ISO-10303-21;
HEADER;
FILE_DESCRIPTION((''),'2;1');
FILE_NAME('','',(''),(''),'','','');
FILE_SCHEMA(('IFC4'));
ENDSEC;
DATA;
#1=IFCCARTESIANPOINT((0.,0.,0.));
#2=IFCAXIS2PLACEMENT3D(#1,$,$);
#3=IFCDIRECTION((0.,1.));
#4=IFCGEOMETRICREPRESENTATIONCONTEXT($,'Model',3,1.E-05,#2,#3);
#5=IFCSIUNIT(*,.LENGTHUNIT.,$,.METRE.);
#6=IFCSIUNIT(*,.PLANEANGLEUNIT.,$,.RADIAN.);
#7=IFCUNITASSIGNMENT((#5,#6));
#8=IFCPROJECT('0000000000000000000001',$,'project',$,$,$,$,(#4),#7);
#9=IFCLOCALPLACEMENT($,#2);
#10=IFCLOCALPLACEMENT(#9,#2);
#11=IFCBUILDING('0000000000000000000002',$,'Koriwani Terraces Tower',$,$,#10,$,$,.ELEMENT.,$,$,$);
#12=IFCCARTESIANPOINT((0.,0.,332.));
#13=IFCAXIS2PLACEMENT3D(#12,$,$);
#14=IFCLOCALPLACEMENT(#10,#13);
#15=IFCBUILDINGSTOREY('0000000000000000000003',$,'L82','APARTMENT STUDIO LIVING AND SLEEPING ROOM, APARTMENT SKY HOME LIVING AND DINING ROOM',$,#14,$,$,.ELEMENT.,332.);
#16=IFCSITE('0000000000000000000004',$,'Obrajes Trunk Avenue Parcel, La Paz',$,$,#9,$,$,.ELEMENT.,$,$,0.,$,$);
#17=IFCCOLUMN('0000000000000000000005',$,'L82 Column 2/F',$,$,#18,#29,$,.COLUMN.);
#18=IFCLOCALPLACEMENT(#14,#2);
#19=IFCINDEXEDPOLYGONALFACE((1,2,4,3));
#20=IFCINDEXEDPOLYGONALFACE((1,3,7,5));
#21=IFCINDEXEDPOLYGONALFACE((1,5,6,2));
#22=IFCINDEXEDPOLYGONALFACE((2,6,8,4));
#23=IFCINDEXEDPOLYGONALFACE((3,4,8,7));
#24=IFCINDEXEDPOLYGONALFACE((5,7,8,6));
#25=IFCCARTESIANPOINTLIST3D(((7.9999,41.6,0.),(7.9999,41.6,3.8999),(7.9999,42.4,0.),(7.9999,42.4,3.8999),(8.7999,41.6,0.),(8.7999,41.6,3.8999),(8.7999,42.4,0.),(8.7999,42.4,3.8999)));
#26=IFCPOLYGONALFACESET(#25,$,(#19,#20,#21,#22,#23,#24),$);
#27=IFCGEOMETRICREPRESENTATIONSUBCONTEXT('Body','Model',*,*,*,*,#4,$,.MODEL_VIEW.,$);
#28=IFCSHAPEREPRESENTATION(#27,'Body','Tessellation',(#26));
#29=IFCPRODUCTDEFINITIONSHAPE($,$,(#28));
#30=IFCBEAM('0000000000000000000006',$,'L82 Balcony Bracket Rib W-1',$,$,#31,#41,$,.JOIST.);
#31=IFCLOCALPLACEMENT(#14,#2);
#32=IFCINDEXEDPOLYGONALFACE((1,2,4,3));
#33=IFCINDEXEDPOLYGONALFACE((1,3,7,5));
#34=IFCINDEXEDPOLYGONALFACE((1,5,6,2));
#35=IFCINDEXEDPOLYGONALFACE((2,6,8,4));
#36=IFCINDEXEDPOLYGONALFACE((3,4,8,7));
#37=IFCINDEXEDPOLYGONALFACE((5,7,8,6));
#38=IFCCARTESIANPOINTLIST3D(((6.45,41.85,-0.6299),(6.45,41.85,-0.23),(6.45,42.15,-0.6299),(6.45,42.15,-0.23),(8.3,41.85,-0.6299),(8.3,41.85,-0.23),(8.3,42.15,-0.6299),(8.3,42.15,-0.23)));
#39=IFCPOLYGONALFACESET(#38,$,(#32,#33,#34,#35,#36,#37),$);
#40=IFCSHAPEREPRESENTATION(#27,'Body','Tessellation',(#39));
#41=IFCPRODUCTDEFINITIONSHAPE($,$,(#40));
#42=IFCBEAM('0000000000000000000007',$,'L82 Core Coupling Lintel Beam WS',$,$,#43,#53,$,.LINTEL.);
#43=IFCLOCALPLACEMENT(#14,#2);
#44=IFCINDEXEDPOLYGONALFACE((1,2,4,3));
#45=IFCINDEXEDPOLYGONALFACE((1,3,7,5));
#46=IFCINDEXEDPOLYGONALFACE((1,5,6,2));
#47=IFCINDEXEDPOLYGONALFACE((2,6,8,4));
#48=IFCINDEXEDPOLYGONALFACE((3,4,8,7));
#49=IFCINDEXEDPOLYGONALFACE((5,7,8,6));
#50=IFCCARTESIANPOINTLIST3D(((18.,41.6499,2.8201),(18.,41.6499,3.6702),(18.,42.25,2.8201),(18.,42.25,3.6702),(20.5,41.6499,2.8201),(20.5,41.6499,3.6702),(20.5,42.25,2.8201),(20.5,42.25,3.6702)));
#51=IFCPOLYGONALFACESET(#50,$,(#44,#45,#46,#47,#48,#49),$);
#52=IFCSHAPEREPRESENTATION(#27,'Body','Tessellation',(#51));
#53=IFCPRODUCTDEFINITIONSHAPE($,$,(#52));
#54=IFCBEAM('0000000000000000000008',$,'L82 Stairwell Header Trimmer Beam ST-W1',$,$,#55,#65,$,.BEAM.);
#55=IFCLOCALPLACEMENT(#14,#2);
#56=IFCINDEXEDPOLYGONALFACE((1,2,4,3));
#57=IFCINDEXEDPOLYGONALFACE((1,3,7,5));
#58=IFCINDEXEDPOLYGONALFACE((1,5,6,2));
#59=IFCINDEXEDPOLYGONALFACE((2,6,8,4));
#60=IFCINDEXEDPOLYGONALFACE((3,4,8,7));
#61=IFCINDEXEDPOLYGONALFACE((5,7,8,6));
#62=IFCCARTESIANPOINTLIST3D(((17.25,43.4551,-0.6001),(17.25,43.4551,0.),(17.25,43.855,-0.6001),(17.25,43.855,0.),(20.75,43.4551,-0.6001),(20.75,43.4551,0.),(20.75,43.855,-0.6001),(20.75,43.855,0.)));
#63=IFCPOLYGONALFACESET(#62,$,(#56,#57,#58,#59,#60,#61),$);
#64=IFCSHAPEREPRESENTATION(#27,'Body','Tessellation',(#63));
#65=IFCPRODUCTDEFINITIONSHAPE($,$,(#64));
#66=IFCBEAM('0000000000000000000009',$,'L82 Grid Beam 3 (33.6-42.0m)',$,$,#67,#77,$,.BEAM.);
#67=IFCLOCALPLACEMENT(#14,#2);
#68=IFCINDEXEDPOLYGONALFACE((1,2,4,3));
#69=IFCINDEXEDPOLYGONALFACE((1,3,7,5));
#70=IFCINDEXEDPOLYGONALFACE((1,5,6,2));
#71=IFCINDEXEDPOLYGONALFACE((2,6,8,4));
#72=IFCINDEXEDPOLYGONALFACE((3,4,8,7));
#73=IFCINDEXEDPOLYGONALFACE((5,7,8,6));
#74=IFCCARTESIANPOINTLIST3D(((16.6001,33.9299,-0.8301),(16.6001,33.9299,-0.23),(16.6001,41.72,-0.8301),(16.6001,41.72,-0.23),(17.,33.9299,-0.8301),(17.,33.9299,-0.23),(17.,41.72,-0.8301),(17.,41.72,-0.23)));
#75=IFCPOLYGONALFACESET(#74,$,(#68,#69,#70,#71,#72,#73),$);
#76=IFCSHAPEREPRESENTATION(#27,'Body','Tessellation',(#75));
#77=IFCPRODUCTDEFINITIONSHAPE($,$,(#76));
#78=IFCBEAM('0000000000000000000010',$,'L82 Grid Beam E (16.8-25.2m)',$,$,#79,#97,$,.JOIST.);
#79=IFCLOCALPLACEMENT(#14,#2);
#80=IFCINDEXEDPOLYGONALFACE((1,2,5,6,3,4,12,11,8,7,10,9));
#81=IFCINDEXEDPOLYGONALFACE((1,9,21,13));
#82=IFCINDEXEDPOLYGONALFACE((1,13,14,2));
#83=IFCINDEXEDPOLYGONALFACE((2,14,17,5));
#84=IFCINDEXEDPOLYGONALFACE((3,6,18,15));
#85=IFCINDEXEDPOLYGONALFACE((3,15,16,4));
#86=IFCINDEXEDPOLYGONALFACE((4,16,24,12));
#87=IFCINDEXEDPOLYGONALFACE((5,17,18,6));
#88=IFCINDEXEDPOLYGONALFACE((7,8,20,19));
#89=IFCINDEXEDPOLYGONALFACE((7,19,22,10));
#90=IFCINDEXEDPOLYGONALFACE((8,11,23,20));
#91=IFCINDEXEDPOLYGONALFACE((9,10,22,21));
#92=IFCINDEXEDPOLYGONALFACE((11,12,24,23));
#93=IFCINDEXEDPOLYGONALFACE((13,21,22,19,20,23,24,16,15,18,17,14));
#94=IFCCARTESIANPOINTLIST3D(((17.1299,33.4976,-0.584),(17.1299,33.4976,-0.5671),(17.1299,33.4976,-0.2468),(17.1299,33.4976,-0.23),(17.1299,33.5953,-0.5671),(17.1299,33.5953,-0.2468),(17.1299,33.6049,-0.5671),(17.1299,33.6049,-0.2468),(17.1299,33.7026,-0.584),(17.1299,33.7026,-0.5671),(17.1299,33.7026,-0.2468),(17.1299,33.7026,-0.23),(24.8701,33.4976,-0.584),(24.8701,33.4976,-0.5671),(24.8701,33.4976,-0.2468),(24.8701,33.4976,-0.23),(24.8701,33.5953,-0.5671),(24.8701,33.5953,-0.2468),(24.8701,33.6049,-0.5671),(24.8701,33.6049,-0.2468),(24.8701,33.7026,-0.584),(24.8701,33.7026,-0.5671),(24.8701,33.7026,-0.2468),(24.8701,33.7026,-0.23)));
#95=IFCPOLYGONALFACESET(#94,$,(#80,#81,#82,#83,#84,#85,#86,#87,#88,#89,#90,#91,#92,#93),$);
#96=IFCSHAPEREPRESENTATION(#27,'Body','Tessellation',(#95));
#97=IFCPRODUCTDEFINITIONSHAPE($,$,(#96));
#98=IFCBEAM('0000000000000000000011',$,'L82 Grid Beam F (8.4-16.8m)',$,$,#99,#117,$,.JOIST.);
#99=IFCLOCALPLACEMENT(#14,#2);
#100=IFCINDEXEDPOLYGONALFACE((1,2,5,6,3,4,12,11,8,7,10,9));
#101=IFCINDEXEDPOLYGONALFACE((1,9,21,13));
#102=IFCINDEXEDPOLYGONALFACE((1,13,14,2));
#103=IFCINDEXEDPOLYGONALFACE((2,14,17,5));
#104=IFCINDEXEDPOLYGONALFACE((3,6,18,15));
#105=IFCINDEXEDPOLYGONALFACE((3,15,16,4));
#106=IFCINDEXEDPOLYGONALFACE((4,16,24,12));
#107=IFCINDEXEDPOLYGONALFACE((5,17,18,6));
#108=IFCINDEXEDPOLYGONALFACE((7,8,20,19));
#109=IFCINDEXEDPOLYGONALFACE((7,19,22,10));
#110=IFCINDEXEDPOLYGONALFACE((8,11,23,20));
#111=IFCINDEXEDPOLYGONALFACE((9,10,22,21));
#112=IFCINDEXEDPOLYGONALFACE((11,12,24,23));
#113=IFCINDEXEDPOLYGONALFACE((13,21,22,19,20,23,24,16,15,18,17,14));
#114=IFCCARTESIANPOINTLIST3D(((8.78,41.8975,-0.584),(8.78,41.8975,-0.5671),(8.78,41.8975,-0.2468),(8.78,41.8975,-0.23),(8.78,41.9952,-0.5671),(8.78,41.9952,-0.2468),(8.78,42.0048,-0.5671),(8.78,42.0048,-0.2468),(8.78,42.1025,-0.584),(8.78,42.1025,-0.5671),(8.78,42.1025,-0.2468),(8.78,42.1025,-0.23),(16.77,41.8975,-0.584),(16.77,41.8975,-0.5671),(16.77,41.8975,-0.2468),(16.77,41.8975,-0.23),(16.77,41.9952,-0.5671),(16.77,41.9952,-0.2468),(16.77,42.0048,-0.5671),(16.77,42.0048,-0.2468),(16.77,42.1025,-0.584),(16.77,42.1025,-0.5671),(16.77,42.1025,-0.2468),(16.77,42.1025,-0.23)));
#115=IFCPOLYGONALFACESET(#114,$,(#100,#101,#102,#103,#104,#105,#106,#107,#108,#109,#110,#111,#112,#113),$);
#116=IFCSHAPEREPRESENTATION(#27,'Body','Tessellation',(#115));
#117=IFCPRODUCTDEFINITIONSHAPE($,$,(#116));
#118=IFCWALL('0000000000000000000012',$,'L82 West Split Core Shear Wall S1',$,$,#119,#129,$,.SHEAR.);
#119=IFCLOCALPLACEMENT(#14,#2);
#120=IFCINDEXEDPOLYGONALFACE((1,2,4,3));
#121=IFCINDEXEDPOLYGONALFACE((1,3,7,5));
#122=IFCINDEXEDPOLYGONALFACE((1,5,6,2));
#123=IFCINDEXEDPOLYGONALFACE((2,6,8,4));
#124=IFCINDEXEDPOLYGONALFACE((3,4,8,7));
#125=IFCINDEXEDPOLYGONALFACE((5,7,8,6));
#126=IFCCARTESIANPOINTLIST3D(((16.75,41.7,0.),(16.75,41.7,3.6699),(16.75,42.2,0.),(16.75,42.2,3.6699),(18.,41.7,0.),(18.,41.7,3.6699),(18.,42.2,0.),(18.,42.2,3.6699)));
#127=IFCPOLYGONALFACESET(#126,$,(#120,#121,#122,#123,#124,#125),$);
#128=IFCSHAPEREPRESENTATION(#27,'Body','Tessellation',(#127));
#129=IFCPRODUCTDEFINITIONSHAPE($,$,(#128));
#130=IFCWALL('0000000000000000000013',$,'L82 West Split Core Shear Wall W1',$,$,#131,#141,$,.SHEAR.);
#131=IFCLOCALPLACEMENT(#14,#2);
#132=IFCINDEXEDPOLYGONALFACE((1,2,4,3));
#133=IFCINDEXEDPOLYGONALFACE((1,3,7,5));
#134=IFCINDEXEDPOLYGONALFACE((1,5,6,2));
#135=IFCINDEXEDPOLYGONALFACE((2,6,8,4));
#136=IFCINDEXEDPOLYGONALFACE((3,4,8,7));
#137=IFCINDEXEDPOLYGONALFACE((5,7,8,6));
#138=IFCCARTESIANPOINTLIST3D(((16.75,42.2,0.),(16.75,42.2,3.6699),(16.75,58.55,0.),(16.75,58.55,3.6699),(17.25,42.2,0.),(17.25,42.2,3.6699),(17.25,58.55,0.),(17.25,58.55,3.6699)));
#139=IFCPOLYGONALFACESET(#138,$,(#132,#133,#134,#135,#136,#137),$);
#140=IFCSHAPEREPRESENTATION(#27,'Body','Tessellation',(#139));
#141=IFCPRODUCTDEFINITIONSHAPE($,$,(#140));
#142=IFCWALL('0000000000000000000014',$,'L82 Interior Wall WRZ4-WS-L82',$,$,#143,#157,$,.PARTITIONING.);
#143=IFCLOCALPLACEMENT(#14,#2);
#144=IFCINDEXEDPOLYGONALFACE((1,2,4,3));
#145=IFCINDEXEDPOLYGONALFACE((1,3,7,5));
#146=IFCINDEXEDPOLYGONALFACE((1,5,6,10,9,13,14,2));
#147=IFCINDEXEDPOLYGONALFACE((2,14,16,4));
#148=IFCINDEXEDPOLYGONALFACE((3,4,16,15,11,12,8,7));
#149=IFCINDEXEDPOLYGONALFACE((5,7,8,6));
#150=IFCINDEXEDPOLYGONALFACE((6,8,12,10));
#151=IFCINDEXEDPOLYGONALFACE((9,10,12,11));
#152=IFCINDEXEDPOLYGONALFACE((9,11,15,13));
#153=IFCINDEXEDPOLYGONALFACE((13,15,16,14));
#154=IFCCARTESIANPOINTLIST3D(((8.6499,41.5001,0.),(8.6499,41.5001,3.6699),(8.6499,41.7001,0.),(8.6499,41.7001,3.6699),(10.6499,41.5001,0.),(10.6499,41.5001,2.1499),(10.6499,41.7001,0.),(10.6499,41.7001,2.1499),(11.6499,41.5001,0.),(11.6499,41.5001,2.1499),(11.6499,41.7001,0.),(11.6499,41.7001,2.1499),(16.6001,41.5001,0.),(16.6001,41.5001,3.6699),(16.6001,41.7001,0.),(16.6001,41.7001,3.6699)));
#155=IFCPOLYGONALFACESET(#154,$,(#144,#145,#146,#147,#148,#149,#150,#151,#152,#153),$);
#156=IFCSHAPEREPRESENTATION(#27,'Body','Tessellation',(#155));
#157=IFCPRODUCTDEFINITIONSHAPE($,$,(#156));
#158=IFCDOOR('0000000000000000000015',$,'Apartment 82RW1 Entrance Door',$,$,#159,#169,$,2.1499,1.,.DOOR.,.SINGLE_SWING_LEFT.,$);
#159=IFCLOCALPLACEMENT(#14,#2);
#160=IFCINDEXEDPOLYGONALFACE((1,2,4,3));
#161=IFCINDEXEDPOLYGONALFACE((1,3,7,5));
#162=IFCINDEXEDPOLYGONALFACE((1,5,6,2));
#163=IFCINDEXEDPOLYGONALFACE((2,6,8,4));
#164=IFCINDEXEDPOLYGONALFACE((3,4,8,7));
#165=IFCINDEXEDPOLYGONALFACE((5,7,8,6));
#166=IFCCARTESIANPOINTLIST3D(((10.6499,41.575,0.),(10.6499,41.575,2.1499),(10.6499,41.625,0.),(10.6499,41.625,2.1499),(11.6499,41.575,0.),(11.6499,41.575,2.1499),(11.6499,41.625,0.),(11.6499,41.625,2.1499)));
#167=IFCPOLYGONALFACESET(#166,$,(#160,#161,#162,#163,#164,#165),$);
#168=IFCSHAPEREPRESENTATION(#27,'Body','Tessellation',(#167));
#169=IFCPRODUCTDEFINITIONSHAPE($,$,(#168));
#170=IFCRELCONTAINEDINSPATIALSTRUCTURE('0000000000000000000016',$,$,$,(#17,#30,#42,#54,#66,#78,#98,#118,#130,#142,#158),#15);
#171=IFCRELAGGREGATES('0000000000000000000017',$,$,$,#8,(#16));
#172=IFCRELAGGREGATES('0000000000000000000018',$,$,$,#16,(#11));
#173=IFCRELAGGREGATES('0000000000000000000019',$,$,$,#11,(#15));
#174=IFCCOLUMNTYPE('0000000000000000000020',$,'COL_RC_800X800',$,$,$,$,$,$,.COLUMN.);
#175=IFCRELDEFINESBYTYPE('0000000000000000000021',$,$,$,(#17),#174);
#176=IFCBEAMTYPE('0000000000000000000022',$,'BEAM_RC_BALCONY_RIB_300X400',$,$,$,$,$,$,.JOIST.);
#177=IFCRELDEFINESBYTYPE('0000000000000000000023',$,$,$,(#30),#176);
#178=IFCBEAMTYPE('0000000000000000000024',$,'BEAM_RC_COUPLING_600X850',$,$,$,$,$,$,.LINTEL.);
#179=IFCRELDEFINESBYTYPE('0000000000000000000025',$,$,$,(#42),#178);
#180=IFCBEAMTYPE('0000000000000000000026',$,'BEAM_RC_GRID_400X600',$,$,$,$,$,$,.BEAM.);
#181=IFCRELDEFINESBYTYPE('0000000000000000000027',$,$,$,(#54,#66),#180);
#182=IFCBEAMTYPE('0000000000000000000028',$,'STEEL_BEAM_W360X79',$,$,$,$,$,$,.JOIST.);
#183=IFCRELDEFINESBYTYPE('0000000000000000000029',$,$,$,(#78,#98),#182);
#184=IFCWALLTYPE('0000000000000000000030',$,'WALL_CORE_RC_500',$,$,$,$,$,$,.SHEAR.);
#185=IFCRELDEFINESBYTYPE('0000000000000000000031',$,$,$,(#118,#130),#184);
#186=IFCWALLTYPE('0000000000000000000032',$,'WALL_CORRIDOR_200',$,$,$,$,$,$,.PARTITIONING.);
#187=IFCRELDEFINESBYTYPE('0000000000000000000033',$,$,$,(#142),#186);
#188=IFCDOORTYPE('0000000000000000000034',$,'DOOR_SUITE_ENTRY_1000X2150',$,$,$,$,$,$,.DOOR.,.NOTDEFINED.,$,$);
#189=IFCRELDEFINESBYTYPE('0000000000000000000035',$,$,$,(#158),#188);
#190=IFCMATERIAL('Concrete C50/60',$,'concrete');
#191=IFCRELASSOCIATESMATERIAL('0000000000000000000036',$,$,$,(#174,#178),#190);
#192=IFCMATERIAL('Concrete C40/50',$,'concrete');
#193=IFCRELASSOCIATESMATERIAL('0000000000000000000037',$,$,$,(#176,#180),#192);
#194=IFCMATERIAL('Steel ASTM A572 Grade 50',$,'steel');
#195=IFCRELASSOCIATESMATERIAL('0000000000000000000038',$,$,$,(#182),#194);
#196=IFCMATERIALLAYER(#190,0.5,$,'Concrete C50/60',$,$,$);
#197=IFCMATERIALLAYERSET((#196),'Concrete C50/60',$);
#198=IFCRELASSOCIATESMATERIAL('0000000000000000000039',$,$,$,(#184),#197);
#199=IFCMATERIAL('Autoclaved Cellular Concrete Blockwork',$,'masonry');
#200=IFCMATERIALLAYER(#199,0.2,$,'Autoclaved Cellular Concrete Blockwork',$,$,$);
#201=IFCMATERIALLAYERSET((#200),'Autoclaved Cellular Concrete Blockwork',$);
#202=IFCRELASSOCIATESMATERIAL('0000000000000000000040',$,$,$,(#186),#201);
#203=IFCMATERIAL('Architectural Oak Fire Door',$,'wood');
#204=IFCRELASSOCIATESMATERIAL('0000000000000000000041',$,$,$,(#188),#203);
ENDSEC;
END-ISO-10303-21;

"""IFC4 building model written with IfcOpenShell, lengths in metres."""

from ifc_helpers import new_model, si_unit, direction, frame, frame_2d, origin, origin_2d, place, context, subcontext, project, spatial, rectangle, i_section, extrude, material, layer, layer_set, material_profile, profile_set, type_object, element, fill, save


model = new_model("IFC4")

# Units and contexts
model_context = context("Model", 3, precision=1e-05, world=origin(), true_north=direction((0.0, 1.0)))
body_context = subcontext(model_context, "Body", "Model", "MODEL_VIEW")
ifc_project = project(units=[si_unit("LENGTHUNIT", "METRE"), si_unit("PLANEANGLEUNIT", "RADIAN")], contexts=[model_context])

# Site, building, storey
site_placement = place(None, origin())
site = spatial("IfcSite", under=ifc_project, at=site_placement, Name="Obrajes Trunk Avenue Parcel, La Paz", CompositionType="ELEMENT", RefElevation=0.0)
building_placement = place(site_placement, origin())
building = spatial("IfcBuilding", under=site, at=building_placement, Name="Koriwani Terraces Tower", CompositionType="ELEMENT")
storey_placement = place(building_placement, frame((0.0, 0.0, 332.0)))
storey = spatial("IfcBuildingStorey", under=building, at=storey_placement, Name="L82", Description="APARTMENT STUDIO LIVING AND SLEEPING ROOM, APARTMENT SKY HOME LIVING AND DINING ROOM", CompositionType="ELEMENT", Elevation=332.0)

# Column
ifc_material_1 = material(Name="Concrete C50/60", Category="concrete")
ifc_material_profile_1 = material_profile(ifc_material_1, rectangle(XDim=0.8, YDim=0.8, at=origin_2d()), Name="Concrete C50/60", Category="LoadBearing")
ifc_profile_set_1 = profile_set([ifc_material_profile_1], Name="Concrete C50/60")
column_type = type_object("IfcColumnType", Name="COL_RC_800X800", PredefinedType="COLUMN", material=ifc_profile_set_1)
column_placement = place(storey_placement, frame((8.3999, 42.0, 0.0), z_axis=(0.0, 0.0, 1.0), x_axis=(1.0, 0.0, 0.0)))
element("IfcColumn", 1, at=column_placement, inside=storey, type_object=column_type, Name="L82 Column 2/F", PredefinedType="COLUMN", context=body_context, shape_type="SweptSolid", body=[
    extrude(rectangle(XDim=0.8, YDim=0.8, at=origin_2d()), origin(), (0.0, 0.0, 1.0), 3.8999),
])

# Beams
ifc_material_2 = material(Name="Concrete C40/50", Category="concrete")
ifc_material_profile_2 = material_profile(ifc_material_2, rectangle(XDim=0.3, YDim=0.3999, at=origin_2d()), Name="Concrete C40/50", Category="LoadBearing")
ifc_profile_set_2 = profile_set([ifc_material_profile_2], Name="Concrete C40/50")
beam_type_1 = type_object("IfcBeamType", Name="BEAM_RC_BALCONY_RIB_300X400", PredefinedType="JOIST", material=ifc_profile_set_2)
beam_1_placement = place(storey_placement, frame((6.45, 42.0, -0.4299), z_axis=(1.0, 0.0, 0.0), x_axis=(0.0, 1.0, 0.0)))
element("IfcBeam", 2, at=beam_1_placement, inside=storey, type_object=beam_type_1, Name="L82 Balcony Bracket Rib W-1", PredefinedType="JOIST", context=body_context, shape_type="SweptSolid", body=[
    extrude(rectangle(XDim=0.3, YDim=0.3999, at=origin_2d()), origin(), (0.0, 0.0, 1.0), 1.8501),
])
ifc_material_profile_3 = material_profile(ifc_material_1, rectangle(XDim=0.6001, YDim=0.8501, at=origin_2d()), Name="Concrete C50/60", Category="LoadBearing")
ifc_profile_set_3 = profile_set([ifc_material_profile_3], Name="Concrete C50/60")
beam_type_2 = type_object("IfcBeamType", Name="BEAM_RC_COUPLING_600X850", PredefinedType="LINTEL", material=ifc_profile_set_3)
beam_2_placement = place(storey_placement, frame((18.0, 41.95, 3.2451), z_axis=(1.0, 0.0, 0.0), x_axis=(0.0, 1.0, 0.0)))
element("IfcBeam", 3, at=beam_2_placement, inside=storey, type_object=beam_type_2, Name="L82 Core Coupling Lintel Beam WS", PredefinedType="LINTEL", context=body_context, shape_type="SweptSolid", body=[
    extrude(rectangle(XDim=0.6001, YDim=0.8501, at=origin_2d()), origin(), (0.0, 0.0, 1.0), 2.5),
])
ifc_material_profile_4 = material_profile(ifc_material_2, rectangle(XDim=0.3999, YDim=0.6001, at=origin_2d()), Name="Concrete C40/50", Category="LoadBearing")
ifc_profile_set_4 = profile_set([ifc_material_profile_4], Name="Concrete C40/50")
beam_type_3 = type_object("IfcBeamType", Name="BEAM_RC_GRID_400X600", PredefinedType="BEAM", material=ifc_profile_set_4)
beam_3_placement = place(storey_placement, frame((17.25, 43.655, -0.3), z_axis=(1.0, 0.0, 0.0), x_axis=(0.0, 1.0, 0.0)))
element("IfcBeam", 4, at=beam_3_placement, inside=storey, type_object=beam_type_3, Name="L82 Stairwell Header Trimmer Beam ST-W1", PredefinedType="BEAM", context=body_context, shape_type="SweptSolid", body=[
    extrude(rectangle(XDim=0.3999, YDim=0.6001, at=origin_2d()), origin(), (0.0, 0.0, 1.0), 3.5),
])
beam_4_placement = place(storey_placement, frame((16.8, 33.9299, -0.53), z_axis=(0.0, 1.0, 0.0), x_axis=(-1.0, 0.0, 0.0)))
element("IfcBeam", 5, at=beam_4_placement, inside=storey, type_object=beam_type_3, Name="L82 Grid Beam 3 (33.6-42.0m)", PredefinedType="BEAM", context=body_context, shape_type="SweptSolid", body=[
    extrude(rectangle(XDim=0.3999, YDim=0.6001, at=origin_2d()), origin(), (0.0, 0.0, 1.0), 7.79),
])
ifc_material_3 = material(Name="Steel ASTM A572 Grade 50", Category="steel")
ifc_material_profile_5 = material_profile(ifc_material_3, i_section(OverallWidth=0.2051, OverallDepth=0.354, WebThickness=0.0095, FlangeThickness=0.0168, at=origin_2d()), Name="Steel ASTM A572 Grade 50", Category="LoadBearing")
ifc_profile_set_5 = profile_set([ifc_material_profile_5], Name="Steel ASTM A572 Grade 50")
beam_type_4 = type_object("IfcBeamType", Name="STEEL_BEAM_W360X79", PredefinedType="JOIST", material=ifc_profile_set_5)
beam_5_placement = place(storey_placement, frame((17.1299, 33.6001, -0.407), z_axis=(1.0, 0.0, 0.0), x_axis=(0.0, 1.0, 0.0)))
element("IfcBeam", 6, at=beam_5_placement, inside=storey, type_object=beam_type_4, Name="L82 Grid Beam E (16.8-25.2m)", PredefinedType="JOIST", context=body_context, shape_type="SweptSolid", body=[
    extrude(i_section(OverallWidth=0.2051, OverallDepth=0.354, WebThickness=0.0095, FlangeThickness=0.0168, at=origin_2d()), origin(), (0.0, 0.0, 1.0), 7.7402),
])
beam_6_placement = place(storey_placement, frame((8.78, 42.0, -0.407), z_axis=(1.0, 0.0, 0.0), x_axis=(0.0, 1.0, 0.0)))
element("IfcBeam", 7, at=beam_6_placement, inside=storey, type_object=beam_type_4, Name="L82 Grid Beam F (8.4-16.8m)", PredefinedType="JOIST", context=body_context, shape_type="SweptSolid", body=[
    extrude(i_section(OverallWidth=0.2051, OverallDepth=0.354, WebThickness=0.0095, FlangeThickness=0.0168, at=origin_2d()), origin(), (0.0, 0.0, 1.0), 7.99),
])

# Walls
ifc_layer_1 = layer(ifc_material_1, 0.5, Name="Concrete C50/60")
ifc_layer_set_1 = layer_set([ifc_layer_1], Name="Concrete C50/60")
wall_type_1 = type_object("IfcWallType", Name="WALL_CORE_RC_500", PredefinedType="SHEAR", material=ifc_layer_set_1)
wall_1_placement = place(storey_placement, frame((16.75, 41.95, 0.0), z_axis=(0.0, 0.0, 1.0), x_axis=(1.0, 0.0, 0.0)))
element("IfcWall", 8, at=wall_1_placement, inside=storey, type_object=wall_type_1, Name="L82 West Split Core Shear Wall S1", PredefinedType="SHEAR", context=body_context, shape_type="SweptSolid", body=[
    extrude(rectangle(XDim=1.25, YDim=0.5, at=frame_2d((0.625, 0.0))), origin(), (0.0, 0.0, 1.0), 3.6699),
])
wall_2_placement = place(storey_placement, frame((17.0, 42.2, 0.0), z_axis=(0.0, 0.0, 1.0), x_axis=(0.0, 1.0, 0.0)))
element("IfcWall", 9, at=wall_2_placement, inside=storey, type_object=wall_type_1, Name="L82 West Split Core Shear Wall W1", PredefinedType="SHEAR", context=body_context, shape_type="SweptSolid", body=[
    extrude(rectangle(XDim=16.3501, YDim=0.5, at=frame_2d((8.175, 0.0))), origin(), (0.0, 0.0, 1.0), 3.6699),
])

# Wall, opening, door
ifc_material_4 = material(Name="Autoclaved Cellular Concrete Blockwork", Category="masonry")
ifc_layer_2 = layer(ifc_material_4, 0.2, Name="Autoclaved Cellular Concrete Blockwork")
ifc_layer_set_2 = layer_set([ifc_layer_2], Name="Autoclaved Cellular Concrete Blockwork")
wall_type_2 = type_object("IfcWallType", Name="WALL_CORRIDOR_200", PredefinedType="PARTITIONING", material=ifc_layer_set_2)
wall_3_placement = place(storey_placement, frame((8.6499, 41.6001, 0.0), z_axis=(0.0, 0.0, 1.0), x_axis=(1.0, 0.0, 0.0)))
wall_3 = element("IfcWall", 10, at=wall_3_placement, inside=storey, type_object=wall_type_2, Name="L82 Interior Wall WRZ4-WS-L82", PredefinedType="PARTITIONING", context=body_context, shape_type="SweptSolid", body=[
    extrude(rectangle(XDim=7.9502, YDim=0.2, at=frame_2d((3.9751, 0.0))), origin(), (0.0, 0.0, 1.0), 3.6699),
])
opening_1_placement = place(wall_3_placement, frame((2.0, 0.0, 0.0)))
opening_1 = element("IfcOpeningElement", 11, at=opening_1_placement, cuts=wall_3, PredefinedType="OPENING", context=body_context, shape_type="SweptSolid", body=[
    extrude(rectangle(XDim=1.0, YDim=2.1499, at=frame_2d((0.5, 1.075))), frame((0.0, 0.1099, 0.0), z_axis=(0.0, -1.0, 0.0), x_axis=(1.0, 0.0, 0.0)), (0.0, 0.0, 1.0), 0.22),
])
ifc_material_5 = material(Name="Architectural Oak Fire Door", Category="wood")
door_type_1 = type_object("IfcDoorType", Name="DOOR_SUITE_ENTRY_1000X2150", OperationType="NOTDEFINED", PredefinedType="DOOR", material=ifc_material_5)
door_1_placement = place(opening_1_placement, origin())
door_1 = element("IfcDoor", 12, at=door_1_placement, inside=storey, type_object=door_type_1, Name="Apartment 82RW1 Entrance Door", OperationType="SINGLE_SWING_LEFT", OverallHeight=2.1499, OverallWidth=1.0, PredefinedType="DOOR", context=body_context, shape_type="SweptSolid", body=[
    extrude(rectangle(XDim=1.0, YDim=2.1499, at=frame_2d((0.5, 1.075))), frame((0.0, 0.0249, 0.0), z_axis=(0.0, -1.0, 0.0), x_axis=(1.0, 0.0, 0.0)), (0.0, 0.0, 1.0), 0.05),
])
fill(opening_1, door_1)

save(model, "model.ifc")
